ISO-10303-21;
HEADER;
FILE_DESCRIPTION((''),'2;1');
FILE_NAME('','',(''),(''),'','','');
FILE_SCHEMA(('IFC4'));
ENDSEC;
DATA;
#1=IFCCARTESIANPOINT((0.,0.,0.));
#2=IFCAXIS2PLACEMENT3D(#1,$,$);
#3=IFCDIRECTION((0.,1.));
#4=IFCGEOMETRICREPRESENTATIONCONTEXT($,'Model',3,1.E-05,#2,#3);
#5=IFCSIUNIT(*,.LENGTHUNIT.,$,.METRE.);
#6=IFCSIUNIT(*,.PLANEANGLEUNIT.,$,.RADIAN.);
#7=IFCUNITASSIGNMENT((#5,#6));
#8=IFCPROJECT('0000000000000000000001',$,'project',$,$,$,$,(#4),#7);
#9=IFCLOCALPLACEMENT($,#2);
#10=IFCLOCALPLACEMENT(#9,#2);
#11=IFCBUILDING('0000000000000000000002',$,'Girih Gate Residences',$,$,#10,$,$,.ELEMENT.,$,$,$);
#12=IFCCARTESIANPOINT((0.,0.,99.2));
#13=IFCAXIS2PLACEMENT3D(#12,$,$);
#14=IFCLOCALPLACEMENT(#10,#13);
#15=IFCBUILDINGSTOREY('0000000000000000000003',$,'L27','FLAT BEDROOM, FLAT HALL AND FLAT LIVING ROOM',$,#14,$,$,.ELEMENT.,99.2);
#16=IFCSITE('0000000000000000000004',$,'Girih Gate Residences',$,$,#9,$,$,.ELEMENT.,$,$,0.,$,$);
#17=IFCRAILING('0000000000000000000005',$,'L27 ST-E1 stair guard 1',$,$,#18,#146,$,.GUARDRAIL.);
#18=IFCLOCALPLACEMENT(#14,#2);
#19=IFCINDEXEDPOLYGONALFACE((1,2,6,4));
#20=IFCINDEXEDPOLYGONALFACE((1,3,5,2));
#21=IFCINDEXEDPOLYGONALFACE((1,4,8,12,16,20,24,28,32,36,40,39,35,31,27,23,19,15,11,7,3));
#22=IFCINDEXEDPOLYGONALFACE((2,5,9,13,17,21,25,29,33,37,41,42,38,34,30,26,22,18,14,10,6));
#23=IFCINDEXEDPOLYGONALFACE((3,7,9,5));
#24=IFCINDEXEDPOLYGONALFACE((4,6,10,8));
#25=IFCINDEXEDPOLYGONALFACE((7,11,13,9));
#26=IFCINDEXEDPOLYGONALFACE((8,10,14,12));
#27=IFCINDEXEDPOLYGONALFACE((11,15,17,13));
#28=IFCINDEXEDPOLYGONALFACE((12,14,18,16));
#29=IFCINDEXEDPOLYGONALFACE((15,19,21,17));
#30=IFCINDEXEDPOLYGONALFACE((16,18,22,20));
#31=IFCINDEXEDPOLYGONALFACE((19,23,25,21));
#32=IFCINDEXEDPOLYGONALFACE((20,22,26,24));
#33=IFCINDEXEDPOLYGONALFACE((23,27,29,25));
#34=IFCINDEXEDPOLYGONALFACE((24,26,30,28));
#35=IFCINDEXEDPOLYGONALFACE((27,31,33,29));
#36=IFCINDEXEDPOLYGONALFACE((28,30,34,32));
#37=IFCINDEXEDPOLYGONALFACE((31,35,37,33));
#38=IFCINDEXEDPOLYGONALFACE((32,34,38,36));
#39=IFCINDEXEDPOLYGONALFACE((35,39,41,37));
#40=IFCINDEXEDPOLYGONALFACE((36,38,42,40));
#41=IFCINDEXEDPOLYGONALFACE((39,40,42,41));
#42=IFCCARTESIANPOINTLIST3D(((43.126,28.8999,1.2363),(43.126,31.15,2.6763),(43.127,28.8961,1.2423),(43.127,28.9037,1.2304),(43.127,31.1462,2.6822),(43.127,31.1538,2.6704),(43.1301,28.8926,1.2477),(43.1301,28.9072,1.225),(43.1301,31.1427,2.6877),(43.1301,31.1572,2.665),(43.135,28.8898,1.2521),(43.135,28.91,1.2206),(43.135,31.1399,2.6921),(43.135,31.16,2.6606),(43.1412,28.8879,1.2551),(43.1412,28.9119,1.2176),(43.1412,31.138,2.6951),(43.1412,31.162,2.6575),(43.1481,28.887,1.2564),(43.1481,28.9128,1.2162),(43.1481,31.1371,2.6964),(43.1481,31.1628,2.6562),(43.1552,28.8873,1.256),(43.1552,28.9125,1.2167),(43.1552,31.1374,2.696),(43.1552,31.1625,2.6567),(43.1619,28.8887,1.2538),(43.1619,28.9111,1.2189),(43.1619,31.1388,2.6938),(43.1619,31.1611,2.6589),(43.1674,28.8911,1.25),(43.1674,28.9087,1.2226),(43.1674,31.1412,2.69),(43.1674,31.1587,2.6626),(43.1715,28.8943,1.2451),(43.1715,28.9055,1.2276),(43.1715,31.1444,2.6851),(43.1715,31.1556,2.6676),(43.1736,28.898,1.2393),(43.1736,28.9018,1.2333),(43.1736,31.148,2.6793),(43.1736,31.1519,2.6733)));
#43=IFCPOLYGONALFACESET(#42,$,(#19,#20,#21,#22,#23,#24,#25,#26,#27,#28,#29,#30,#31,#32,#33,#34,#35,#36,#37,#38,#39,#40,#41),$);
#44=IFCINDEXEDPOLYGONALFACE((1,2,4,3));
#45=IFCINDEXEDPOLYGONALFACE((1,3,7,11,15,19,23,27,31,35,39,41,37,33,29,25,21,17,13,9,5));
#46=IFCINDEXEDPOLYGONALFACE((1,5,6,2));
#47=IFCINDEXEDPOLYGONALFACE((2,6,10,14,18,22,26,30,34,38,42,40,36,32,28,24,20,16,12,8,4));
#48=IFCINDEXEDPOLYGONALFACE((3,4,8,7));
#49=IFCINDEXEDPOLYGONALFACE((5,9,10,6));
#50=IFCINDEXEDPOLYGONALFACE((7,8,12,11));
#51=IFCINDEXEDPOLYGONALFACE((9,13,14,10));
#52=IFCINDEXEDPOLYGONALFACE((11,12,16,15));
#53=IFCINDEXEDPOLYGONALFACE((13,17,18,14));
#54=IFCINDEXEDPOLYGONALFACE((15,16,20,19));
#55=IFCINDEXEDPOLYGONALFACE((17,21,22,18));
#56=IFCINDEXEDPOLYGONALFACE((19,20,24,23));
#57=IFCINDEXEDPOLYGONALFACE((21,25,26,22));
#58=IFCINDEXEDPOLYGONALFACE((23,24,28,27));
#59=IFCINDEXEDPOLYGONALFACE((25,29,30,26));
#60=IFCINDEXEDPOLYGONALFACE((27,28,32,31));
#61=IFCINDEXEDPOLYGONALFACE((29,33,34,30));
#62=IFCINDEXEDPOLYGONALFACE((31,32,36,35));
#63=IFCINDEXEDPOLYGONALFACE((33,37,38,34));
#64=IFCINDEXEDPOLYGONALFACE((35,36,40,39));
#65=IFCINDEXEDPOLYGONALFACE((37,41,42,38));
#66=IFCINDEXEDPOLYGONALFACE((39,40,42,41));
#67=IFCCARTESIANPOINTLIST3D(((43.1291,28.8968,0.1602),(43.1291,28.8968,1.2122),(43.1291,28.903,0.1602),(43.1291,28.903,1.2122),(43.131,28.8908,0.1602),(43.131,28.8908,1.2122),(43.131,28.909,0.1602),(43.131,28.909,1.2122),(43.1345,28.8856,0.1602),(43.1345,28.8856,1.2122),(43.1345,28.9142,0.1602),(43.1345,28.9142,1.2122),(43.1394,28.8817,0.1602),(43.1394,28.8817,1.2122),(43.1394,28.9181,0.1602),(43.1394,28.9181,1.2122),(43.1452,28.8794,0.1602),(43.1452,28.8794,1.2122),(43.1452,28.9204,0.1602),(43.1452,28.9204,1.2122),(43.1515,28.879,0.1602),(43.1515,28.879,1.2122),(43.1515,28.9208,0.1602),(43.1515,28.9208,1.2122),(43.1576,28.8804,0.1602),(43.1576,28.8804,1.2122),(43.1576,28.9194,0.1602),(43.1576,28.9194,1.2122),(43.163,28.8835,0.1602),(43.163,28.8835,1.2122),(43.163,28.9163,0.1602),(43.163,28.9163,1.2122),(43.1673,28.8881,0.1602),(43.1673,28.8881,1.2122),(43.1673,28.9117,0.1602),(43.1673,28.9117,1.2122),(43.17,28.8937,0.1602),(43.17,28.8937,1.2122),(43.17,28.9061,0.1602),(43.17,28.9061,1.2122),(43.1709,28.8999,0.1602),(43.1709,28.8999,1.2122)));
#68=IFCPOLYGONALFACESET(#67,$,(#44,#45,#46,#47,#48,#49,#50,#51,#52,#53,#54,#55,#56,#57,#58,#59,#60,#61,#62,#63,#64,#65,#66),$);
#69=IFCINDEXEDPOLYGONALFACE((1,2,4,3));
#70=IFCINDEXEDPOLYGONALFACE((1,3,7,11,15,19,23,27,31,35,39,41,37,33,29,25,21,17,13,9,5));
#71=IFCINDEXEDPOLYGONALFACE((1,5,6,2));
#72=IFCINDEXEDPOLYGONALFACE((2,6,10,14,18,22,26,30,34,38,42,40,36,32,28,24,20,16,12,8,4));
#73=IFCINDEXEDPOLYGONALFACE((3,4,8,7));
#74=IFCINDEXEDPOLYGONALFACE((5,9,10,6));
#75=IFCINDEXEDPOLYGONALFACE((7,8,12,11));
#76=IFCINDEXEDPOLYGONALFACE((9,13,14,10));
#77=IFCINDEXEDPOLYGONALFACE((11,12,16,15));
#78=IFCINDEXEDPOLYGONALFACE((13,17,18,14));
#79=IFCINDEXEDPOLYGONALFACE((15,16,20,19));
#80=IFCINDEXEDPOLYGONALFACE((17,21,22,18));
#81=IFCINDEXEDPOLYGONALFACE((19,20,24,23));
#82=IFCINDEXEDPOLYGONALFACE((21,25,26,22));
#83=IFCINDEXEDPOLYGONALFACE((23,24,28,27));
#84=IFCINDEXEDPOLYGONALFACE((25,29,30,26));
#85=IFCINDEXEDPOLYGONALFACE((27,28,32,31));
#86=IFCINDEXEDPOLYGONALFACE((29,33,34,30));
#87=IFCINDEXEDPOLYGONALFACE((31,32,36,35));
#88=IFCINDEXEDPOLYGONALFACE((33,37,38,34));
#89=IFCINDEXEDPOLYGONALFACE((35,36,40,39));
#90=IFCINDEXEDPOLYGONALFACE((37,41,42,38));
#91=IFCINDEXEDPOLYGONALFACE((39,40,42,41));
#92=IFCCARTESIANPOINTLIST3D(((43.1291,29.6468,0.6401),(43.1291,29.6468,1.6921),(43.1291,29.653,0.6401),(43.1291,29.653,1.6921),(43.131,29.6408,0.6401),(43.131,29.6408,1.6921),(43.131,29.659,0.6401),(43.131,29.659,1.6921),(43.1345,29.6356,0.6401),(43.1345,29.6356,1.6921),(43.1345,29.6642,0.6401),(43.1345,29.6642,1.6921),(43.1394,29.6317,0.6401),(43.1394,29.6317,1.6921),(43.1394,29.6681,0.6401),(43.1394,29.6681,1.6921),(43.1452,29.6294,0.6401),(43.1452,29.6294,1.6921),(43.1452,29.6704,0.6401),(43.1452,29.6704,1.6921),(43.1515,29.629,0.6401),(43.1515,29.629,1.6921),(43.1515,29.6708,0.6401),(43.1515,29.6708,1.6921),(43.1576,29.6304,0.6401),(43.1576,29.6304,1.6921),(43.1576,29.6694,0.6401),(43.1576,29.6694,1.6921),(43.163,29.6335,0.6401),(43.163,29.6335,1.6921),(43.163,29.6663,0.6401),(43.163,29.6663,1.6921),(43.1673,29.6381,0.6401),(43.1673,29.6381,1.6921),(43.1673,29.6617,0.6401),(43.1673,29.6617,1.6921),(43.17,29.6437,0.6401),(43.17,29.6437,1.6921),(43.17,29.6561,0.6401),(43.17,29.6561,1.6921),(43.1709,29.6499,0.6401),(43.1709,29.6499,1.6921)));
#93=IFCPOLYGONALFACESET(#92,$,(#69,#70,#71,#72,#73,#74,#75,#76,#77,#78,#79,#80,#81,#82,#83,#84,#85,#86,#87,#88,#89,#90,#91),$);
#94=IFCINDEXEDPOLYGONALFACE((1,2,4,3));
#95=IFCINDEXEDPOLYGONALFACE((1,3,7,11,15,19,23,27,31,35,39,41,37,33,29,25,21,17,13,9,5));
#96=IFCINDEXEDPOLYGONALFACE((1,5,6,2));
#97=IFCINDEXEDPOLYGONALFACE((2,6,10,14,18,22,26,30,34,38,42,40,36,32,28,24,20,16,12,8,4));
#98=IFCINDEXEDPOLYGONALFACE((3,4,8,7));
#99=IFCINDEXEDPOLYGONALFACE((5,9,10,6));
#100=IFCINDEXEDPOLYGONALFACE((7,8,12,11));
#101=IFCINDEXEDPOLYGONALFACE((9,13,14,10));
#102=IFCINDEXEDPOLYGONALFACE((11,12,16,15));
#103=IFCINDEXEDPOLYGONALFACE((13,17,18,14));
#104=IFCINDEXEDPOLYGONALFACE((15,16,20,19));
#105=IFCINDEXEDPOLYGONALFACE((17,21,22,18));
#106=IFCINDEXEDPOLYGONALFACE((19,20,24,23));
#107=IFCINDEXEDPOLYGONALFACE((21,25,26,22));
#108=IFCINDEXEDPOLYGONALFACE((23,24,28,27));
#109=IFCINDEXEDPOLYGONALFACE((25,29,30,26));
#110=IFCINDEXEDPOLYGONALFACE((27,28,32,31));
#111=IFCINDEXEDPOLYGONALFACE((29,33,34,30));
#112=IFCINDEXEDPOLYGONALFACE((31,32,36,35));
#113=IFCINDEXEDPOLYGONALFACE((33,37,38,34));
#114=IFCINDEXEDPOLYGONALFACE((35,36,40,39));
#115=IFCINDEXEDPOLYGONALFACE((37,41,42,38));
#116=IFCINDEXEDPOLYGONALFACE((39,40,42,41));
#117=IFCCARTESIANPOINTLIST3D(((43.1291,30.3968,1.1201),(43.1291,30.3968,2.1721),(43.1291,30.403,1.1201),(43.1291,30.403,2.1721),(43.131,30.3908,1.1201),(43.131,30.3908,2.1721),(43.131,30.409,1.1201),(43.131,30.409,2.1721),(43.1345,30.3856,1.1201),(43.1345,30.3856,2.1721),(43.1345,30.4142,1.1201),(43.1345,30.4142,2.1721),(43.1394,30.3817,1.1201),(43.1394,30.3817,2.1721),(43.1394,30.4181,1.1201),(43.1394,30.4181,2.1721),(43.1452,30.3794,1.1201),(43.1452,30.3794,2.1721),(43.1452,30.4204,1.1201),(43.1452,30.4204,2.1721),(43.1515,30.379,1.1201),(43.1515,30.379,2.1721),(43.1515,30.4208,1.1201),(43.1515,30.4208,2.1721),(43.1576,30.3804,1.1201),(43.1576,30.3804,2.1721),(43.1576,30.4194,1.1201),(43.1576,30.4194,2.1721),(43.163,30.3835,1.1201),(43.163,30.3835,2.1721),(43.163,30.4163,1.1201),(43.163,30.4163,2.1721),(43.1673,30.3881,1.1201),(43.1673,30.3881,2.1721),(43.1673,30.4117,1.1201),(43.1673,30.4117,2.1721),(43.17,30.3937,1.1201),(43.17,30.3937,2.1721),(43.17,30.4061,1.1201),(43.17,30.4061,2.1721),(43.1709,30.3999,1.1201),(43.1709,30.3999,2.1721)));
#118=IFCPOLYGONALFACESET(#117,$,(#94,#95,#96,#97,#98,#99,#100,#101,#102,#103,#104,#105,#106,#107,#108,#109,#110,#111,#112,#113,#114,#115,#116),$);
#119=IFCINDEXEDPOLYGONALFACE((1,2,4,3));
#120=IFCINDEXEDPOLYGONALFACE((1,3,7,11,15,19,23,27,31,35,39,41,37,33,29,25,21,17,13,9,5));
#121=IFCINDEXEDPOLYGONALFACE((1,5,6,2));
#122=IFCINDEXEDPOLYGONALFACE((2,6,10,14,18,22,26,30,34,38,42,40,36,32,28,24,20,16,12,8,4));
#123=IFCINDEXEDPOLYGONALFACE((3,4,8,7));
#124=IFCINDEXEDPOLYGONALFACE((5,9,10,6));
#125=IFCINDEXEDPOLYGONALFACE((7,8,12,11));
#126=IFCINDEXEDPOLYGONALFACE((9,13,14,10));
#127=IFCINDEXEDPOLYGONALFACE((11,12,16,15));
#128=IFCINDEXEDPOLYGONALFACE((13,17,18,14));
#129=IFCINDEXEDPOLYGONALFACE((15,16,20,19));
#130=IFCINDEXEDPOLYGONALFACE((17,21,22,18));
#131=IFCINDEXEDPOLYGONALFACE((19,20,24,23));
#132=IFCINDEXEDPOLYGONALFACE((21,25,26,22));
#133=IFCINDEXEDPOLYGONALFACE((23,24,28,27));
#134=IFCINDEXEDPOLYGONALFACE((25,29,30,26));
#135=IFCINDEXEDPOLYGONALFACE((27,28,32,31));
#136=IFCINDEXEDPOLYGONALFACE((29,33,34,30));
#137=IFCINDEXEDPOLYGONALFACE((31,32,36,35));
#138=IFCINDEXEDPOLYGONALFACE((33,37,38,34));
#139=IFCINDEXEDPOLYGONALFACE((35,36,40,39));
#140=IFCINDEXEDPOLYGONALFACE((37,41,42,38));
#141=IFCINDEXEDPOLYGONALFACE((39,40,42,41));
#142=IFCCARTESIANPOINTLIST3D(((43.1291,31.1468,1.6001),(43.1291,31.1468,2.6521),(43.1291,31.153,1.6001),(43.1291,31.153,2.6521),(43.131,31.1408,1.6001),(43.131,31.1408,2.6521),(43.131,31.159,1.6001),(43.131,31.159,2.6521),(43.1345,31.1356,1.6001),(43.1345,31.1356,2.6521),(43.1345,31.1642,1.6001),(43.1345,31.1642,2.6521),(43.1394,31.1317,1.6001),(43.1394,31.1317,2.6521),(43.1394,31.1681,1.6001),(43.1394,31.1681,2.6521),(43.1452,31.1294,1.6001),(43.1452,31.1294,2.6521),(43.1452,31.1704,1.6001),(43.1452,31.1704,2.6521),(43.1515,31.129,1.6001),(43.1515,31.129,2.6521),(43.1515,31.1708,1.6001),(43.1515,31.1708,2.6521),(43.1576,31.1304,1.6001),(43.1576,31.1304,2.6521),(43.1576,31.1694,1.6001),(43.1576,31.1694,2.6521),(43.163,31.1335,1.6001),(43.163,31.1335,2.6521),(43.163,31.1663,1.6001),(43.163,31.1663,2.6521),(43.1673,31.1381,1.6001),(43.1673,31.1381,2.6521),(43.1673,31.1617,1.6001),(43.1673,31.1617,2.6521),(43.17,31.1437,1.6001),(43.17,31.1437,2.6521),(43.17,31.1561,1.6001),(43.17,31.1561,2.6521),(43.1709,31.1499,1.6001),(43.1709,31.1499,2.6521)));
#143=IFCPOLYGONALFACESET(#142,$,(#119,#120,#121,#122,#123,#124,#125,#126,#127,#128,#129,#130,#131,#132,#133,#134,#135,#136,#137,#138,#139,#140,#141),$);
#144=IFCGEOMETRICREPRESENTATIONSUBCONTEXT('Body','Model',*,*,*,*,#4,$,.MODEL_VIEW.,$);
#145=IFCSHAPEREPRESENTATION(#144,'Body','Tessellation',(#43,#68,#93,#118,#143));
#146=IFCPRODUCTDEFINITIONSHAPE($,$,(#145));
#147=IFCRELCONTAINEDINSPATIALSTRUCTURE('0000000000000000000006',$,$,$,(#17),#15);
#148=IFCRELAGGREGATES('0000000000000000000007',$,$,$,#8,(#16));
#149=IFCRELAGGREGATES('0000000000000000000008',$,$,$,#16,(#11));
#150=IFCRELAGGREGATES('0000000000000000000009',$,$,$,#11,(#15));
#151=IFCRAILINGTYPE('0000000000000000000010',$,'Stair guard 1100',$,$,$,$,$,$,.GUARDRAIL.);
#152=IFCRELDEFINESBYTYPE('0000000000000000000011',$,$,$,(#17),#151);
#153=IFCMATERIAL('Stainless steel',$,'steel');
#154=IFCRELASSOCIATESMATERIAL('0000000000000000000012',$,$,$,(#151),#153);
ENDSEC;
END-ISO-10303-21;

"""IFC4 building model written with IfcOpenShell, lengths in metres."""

from ifc_helpers import new_model, si_unit, direction, frame, origin, origin_2d, place, context, subcontext, project, spatial, circle, extrude, material, type_object, element, save


model = new_model("IFC4")

# Units and contexts
model_context = context("Model", 3, precision=1e-05, world=origin(), true_north=direction((0.0, 1.0)))
body_context = subcontext(model_context, "Body", "Model", "MODEL_VIEW")
ifc_project = project(units=[si_unit("LENGTHUNIT", "METRE"), si_unit("PLANEANGLEUNIT", "RADIAN")], contexts=[model_context])

# Site, building, storey
site_placement = place(None, origin())
site = spatial("IfcSite", under=ifc_project, at=site_placement, Name="Girih Gate Residences", CompositionType="ELEMENT", RefElevation=0.0)
building_placement = place(site_placement, origin())
building = spatial("IfcBuilding", under=site, at=building_placement, Name="Girih Gate Residences", CompositionType="ELEMENT")
storey_placement = place(building_placement, frame((0.0, 0.0, 99.2)))
storey = spatial("IfcBuildingStorey", under=building, at=storey_placement, Name="L27", Description="FLAT BEDROOM, FLAT HALL AND FLAT LIVING ROOM", CompositionType="ELEMENT", Elevation=99.2)

# Railing
ifc_material_1 = material(Name="Stainless steel", Category="steel")
railing_type_1 = type_object("IfcRailingType", Name="Stair guard 1100", PredefinedType="GUARDRAIL", material=ifc_material_1)
railing_1_placement = place(storey_placement, frame((43.1499, 28.8999, 0.1602)))
element("IfcRailing", 1, at=railing_1_placement, inside=storey, type_object=railing_type_1, Name="L27 ST-E1 stair guard 1", PredefinedType="GUARDRAIL", context=body_context, shape_type="SweptSolid", body=[
    extrude(circle(Radius=0.0239, at=origin_2d()), frame((0.0, 0.0, 1.0762), z_axis=(0.0, 0.842281, 0.539038), x_axis=(-1.0, 0.0, 0.0)), (0.0, 0.0, 1.0), 2.6714),
    extrude(circle(Radius=0.021, at=origin_2d()), origin(), (0.0, 0.0, 1.0), 1.052),
    extrude(circle(Radius=0.021, at=origin_2d()), frame((0.0, 0.75, 0.48)), (0.0, 0.0, 1.0), 1.052),
    extrude(circle(Radius=0.021, at=origin_2d()), frame((0.0, 1.5, 0.96)), (0.0, 0.0, 1.0), 1.052),
    extrude(circle(Radius=0.021, at=origin_2d()), frame((0.0, 2.25, 1.4399)), (0.0, 0.0, 1.0), 1.052),
])

save(model, "model.ifc")
